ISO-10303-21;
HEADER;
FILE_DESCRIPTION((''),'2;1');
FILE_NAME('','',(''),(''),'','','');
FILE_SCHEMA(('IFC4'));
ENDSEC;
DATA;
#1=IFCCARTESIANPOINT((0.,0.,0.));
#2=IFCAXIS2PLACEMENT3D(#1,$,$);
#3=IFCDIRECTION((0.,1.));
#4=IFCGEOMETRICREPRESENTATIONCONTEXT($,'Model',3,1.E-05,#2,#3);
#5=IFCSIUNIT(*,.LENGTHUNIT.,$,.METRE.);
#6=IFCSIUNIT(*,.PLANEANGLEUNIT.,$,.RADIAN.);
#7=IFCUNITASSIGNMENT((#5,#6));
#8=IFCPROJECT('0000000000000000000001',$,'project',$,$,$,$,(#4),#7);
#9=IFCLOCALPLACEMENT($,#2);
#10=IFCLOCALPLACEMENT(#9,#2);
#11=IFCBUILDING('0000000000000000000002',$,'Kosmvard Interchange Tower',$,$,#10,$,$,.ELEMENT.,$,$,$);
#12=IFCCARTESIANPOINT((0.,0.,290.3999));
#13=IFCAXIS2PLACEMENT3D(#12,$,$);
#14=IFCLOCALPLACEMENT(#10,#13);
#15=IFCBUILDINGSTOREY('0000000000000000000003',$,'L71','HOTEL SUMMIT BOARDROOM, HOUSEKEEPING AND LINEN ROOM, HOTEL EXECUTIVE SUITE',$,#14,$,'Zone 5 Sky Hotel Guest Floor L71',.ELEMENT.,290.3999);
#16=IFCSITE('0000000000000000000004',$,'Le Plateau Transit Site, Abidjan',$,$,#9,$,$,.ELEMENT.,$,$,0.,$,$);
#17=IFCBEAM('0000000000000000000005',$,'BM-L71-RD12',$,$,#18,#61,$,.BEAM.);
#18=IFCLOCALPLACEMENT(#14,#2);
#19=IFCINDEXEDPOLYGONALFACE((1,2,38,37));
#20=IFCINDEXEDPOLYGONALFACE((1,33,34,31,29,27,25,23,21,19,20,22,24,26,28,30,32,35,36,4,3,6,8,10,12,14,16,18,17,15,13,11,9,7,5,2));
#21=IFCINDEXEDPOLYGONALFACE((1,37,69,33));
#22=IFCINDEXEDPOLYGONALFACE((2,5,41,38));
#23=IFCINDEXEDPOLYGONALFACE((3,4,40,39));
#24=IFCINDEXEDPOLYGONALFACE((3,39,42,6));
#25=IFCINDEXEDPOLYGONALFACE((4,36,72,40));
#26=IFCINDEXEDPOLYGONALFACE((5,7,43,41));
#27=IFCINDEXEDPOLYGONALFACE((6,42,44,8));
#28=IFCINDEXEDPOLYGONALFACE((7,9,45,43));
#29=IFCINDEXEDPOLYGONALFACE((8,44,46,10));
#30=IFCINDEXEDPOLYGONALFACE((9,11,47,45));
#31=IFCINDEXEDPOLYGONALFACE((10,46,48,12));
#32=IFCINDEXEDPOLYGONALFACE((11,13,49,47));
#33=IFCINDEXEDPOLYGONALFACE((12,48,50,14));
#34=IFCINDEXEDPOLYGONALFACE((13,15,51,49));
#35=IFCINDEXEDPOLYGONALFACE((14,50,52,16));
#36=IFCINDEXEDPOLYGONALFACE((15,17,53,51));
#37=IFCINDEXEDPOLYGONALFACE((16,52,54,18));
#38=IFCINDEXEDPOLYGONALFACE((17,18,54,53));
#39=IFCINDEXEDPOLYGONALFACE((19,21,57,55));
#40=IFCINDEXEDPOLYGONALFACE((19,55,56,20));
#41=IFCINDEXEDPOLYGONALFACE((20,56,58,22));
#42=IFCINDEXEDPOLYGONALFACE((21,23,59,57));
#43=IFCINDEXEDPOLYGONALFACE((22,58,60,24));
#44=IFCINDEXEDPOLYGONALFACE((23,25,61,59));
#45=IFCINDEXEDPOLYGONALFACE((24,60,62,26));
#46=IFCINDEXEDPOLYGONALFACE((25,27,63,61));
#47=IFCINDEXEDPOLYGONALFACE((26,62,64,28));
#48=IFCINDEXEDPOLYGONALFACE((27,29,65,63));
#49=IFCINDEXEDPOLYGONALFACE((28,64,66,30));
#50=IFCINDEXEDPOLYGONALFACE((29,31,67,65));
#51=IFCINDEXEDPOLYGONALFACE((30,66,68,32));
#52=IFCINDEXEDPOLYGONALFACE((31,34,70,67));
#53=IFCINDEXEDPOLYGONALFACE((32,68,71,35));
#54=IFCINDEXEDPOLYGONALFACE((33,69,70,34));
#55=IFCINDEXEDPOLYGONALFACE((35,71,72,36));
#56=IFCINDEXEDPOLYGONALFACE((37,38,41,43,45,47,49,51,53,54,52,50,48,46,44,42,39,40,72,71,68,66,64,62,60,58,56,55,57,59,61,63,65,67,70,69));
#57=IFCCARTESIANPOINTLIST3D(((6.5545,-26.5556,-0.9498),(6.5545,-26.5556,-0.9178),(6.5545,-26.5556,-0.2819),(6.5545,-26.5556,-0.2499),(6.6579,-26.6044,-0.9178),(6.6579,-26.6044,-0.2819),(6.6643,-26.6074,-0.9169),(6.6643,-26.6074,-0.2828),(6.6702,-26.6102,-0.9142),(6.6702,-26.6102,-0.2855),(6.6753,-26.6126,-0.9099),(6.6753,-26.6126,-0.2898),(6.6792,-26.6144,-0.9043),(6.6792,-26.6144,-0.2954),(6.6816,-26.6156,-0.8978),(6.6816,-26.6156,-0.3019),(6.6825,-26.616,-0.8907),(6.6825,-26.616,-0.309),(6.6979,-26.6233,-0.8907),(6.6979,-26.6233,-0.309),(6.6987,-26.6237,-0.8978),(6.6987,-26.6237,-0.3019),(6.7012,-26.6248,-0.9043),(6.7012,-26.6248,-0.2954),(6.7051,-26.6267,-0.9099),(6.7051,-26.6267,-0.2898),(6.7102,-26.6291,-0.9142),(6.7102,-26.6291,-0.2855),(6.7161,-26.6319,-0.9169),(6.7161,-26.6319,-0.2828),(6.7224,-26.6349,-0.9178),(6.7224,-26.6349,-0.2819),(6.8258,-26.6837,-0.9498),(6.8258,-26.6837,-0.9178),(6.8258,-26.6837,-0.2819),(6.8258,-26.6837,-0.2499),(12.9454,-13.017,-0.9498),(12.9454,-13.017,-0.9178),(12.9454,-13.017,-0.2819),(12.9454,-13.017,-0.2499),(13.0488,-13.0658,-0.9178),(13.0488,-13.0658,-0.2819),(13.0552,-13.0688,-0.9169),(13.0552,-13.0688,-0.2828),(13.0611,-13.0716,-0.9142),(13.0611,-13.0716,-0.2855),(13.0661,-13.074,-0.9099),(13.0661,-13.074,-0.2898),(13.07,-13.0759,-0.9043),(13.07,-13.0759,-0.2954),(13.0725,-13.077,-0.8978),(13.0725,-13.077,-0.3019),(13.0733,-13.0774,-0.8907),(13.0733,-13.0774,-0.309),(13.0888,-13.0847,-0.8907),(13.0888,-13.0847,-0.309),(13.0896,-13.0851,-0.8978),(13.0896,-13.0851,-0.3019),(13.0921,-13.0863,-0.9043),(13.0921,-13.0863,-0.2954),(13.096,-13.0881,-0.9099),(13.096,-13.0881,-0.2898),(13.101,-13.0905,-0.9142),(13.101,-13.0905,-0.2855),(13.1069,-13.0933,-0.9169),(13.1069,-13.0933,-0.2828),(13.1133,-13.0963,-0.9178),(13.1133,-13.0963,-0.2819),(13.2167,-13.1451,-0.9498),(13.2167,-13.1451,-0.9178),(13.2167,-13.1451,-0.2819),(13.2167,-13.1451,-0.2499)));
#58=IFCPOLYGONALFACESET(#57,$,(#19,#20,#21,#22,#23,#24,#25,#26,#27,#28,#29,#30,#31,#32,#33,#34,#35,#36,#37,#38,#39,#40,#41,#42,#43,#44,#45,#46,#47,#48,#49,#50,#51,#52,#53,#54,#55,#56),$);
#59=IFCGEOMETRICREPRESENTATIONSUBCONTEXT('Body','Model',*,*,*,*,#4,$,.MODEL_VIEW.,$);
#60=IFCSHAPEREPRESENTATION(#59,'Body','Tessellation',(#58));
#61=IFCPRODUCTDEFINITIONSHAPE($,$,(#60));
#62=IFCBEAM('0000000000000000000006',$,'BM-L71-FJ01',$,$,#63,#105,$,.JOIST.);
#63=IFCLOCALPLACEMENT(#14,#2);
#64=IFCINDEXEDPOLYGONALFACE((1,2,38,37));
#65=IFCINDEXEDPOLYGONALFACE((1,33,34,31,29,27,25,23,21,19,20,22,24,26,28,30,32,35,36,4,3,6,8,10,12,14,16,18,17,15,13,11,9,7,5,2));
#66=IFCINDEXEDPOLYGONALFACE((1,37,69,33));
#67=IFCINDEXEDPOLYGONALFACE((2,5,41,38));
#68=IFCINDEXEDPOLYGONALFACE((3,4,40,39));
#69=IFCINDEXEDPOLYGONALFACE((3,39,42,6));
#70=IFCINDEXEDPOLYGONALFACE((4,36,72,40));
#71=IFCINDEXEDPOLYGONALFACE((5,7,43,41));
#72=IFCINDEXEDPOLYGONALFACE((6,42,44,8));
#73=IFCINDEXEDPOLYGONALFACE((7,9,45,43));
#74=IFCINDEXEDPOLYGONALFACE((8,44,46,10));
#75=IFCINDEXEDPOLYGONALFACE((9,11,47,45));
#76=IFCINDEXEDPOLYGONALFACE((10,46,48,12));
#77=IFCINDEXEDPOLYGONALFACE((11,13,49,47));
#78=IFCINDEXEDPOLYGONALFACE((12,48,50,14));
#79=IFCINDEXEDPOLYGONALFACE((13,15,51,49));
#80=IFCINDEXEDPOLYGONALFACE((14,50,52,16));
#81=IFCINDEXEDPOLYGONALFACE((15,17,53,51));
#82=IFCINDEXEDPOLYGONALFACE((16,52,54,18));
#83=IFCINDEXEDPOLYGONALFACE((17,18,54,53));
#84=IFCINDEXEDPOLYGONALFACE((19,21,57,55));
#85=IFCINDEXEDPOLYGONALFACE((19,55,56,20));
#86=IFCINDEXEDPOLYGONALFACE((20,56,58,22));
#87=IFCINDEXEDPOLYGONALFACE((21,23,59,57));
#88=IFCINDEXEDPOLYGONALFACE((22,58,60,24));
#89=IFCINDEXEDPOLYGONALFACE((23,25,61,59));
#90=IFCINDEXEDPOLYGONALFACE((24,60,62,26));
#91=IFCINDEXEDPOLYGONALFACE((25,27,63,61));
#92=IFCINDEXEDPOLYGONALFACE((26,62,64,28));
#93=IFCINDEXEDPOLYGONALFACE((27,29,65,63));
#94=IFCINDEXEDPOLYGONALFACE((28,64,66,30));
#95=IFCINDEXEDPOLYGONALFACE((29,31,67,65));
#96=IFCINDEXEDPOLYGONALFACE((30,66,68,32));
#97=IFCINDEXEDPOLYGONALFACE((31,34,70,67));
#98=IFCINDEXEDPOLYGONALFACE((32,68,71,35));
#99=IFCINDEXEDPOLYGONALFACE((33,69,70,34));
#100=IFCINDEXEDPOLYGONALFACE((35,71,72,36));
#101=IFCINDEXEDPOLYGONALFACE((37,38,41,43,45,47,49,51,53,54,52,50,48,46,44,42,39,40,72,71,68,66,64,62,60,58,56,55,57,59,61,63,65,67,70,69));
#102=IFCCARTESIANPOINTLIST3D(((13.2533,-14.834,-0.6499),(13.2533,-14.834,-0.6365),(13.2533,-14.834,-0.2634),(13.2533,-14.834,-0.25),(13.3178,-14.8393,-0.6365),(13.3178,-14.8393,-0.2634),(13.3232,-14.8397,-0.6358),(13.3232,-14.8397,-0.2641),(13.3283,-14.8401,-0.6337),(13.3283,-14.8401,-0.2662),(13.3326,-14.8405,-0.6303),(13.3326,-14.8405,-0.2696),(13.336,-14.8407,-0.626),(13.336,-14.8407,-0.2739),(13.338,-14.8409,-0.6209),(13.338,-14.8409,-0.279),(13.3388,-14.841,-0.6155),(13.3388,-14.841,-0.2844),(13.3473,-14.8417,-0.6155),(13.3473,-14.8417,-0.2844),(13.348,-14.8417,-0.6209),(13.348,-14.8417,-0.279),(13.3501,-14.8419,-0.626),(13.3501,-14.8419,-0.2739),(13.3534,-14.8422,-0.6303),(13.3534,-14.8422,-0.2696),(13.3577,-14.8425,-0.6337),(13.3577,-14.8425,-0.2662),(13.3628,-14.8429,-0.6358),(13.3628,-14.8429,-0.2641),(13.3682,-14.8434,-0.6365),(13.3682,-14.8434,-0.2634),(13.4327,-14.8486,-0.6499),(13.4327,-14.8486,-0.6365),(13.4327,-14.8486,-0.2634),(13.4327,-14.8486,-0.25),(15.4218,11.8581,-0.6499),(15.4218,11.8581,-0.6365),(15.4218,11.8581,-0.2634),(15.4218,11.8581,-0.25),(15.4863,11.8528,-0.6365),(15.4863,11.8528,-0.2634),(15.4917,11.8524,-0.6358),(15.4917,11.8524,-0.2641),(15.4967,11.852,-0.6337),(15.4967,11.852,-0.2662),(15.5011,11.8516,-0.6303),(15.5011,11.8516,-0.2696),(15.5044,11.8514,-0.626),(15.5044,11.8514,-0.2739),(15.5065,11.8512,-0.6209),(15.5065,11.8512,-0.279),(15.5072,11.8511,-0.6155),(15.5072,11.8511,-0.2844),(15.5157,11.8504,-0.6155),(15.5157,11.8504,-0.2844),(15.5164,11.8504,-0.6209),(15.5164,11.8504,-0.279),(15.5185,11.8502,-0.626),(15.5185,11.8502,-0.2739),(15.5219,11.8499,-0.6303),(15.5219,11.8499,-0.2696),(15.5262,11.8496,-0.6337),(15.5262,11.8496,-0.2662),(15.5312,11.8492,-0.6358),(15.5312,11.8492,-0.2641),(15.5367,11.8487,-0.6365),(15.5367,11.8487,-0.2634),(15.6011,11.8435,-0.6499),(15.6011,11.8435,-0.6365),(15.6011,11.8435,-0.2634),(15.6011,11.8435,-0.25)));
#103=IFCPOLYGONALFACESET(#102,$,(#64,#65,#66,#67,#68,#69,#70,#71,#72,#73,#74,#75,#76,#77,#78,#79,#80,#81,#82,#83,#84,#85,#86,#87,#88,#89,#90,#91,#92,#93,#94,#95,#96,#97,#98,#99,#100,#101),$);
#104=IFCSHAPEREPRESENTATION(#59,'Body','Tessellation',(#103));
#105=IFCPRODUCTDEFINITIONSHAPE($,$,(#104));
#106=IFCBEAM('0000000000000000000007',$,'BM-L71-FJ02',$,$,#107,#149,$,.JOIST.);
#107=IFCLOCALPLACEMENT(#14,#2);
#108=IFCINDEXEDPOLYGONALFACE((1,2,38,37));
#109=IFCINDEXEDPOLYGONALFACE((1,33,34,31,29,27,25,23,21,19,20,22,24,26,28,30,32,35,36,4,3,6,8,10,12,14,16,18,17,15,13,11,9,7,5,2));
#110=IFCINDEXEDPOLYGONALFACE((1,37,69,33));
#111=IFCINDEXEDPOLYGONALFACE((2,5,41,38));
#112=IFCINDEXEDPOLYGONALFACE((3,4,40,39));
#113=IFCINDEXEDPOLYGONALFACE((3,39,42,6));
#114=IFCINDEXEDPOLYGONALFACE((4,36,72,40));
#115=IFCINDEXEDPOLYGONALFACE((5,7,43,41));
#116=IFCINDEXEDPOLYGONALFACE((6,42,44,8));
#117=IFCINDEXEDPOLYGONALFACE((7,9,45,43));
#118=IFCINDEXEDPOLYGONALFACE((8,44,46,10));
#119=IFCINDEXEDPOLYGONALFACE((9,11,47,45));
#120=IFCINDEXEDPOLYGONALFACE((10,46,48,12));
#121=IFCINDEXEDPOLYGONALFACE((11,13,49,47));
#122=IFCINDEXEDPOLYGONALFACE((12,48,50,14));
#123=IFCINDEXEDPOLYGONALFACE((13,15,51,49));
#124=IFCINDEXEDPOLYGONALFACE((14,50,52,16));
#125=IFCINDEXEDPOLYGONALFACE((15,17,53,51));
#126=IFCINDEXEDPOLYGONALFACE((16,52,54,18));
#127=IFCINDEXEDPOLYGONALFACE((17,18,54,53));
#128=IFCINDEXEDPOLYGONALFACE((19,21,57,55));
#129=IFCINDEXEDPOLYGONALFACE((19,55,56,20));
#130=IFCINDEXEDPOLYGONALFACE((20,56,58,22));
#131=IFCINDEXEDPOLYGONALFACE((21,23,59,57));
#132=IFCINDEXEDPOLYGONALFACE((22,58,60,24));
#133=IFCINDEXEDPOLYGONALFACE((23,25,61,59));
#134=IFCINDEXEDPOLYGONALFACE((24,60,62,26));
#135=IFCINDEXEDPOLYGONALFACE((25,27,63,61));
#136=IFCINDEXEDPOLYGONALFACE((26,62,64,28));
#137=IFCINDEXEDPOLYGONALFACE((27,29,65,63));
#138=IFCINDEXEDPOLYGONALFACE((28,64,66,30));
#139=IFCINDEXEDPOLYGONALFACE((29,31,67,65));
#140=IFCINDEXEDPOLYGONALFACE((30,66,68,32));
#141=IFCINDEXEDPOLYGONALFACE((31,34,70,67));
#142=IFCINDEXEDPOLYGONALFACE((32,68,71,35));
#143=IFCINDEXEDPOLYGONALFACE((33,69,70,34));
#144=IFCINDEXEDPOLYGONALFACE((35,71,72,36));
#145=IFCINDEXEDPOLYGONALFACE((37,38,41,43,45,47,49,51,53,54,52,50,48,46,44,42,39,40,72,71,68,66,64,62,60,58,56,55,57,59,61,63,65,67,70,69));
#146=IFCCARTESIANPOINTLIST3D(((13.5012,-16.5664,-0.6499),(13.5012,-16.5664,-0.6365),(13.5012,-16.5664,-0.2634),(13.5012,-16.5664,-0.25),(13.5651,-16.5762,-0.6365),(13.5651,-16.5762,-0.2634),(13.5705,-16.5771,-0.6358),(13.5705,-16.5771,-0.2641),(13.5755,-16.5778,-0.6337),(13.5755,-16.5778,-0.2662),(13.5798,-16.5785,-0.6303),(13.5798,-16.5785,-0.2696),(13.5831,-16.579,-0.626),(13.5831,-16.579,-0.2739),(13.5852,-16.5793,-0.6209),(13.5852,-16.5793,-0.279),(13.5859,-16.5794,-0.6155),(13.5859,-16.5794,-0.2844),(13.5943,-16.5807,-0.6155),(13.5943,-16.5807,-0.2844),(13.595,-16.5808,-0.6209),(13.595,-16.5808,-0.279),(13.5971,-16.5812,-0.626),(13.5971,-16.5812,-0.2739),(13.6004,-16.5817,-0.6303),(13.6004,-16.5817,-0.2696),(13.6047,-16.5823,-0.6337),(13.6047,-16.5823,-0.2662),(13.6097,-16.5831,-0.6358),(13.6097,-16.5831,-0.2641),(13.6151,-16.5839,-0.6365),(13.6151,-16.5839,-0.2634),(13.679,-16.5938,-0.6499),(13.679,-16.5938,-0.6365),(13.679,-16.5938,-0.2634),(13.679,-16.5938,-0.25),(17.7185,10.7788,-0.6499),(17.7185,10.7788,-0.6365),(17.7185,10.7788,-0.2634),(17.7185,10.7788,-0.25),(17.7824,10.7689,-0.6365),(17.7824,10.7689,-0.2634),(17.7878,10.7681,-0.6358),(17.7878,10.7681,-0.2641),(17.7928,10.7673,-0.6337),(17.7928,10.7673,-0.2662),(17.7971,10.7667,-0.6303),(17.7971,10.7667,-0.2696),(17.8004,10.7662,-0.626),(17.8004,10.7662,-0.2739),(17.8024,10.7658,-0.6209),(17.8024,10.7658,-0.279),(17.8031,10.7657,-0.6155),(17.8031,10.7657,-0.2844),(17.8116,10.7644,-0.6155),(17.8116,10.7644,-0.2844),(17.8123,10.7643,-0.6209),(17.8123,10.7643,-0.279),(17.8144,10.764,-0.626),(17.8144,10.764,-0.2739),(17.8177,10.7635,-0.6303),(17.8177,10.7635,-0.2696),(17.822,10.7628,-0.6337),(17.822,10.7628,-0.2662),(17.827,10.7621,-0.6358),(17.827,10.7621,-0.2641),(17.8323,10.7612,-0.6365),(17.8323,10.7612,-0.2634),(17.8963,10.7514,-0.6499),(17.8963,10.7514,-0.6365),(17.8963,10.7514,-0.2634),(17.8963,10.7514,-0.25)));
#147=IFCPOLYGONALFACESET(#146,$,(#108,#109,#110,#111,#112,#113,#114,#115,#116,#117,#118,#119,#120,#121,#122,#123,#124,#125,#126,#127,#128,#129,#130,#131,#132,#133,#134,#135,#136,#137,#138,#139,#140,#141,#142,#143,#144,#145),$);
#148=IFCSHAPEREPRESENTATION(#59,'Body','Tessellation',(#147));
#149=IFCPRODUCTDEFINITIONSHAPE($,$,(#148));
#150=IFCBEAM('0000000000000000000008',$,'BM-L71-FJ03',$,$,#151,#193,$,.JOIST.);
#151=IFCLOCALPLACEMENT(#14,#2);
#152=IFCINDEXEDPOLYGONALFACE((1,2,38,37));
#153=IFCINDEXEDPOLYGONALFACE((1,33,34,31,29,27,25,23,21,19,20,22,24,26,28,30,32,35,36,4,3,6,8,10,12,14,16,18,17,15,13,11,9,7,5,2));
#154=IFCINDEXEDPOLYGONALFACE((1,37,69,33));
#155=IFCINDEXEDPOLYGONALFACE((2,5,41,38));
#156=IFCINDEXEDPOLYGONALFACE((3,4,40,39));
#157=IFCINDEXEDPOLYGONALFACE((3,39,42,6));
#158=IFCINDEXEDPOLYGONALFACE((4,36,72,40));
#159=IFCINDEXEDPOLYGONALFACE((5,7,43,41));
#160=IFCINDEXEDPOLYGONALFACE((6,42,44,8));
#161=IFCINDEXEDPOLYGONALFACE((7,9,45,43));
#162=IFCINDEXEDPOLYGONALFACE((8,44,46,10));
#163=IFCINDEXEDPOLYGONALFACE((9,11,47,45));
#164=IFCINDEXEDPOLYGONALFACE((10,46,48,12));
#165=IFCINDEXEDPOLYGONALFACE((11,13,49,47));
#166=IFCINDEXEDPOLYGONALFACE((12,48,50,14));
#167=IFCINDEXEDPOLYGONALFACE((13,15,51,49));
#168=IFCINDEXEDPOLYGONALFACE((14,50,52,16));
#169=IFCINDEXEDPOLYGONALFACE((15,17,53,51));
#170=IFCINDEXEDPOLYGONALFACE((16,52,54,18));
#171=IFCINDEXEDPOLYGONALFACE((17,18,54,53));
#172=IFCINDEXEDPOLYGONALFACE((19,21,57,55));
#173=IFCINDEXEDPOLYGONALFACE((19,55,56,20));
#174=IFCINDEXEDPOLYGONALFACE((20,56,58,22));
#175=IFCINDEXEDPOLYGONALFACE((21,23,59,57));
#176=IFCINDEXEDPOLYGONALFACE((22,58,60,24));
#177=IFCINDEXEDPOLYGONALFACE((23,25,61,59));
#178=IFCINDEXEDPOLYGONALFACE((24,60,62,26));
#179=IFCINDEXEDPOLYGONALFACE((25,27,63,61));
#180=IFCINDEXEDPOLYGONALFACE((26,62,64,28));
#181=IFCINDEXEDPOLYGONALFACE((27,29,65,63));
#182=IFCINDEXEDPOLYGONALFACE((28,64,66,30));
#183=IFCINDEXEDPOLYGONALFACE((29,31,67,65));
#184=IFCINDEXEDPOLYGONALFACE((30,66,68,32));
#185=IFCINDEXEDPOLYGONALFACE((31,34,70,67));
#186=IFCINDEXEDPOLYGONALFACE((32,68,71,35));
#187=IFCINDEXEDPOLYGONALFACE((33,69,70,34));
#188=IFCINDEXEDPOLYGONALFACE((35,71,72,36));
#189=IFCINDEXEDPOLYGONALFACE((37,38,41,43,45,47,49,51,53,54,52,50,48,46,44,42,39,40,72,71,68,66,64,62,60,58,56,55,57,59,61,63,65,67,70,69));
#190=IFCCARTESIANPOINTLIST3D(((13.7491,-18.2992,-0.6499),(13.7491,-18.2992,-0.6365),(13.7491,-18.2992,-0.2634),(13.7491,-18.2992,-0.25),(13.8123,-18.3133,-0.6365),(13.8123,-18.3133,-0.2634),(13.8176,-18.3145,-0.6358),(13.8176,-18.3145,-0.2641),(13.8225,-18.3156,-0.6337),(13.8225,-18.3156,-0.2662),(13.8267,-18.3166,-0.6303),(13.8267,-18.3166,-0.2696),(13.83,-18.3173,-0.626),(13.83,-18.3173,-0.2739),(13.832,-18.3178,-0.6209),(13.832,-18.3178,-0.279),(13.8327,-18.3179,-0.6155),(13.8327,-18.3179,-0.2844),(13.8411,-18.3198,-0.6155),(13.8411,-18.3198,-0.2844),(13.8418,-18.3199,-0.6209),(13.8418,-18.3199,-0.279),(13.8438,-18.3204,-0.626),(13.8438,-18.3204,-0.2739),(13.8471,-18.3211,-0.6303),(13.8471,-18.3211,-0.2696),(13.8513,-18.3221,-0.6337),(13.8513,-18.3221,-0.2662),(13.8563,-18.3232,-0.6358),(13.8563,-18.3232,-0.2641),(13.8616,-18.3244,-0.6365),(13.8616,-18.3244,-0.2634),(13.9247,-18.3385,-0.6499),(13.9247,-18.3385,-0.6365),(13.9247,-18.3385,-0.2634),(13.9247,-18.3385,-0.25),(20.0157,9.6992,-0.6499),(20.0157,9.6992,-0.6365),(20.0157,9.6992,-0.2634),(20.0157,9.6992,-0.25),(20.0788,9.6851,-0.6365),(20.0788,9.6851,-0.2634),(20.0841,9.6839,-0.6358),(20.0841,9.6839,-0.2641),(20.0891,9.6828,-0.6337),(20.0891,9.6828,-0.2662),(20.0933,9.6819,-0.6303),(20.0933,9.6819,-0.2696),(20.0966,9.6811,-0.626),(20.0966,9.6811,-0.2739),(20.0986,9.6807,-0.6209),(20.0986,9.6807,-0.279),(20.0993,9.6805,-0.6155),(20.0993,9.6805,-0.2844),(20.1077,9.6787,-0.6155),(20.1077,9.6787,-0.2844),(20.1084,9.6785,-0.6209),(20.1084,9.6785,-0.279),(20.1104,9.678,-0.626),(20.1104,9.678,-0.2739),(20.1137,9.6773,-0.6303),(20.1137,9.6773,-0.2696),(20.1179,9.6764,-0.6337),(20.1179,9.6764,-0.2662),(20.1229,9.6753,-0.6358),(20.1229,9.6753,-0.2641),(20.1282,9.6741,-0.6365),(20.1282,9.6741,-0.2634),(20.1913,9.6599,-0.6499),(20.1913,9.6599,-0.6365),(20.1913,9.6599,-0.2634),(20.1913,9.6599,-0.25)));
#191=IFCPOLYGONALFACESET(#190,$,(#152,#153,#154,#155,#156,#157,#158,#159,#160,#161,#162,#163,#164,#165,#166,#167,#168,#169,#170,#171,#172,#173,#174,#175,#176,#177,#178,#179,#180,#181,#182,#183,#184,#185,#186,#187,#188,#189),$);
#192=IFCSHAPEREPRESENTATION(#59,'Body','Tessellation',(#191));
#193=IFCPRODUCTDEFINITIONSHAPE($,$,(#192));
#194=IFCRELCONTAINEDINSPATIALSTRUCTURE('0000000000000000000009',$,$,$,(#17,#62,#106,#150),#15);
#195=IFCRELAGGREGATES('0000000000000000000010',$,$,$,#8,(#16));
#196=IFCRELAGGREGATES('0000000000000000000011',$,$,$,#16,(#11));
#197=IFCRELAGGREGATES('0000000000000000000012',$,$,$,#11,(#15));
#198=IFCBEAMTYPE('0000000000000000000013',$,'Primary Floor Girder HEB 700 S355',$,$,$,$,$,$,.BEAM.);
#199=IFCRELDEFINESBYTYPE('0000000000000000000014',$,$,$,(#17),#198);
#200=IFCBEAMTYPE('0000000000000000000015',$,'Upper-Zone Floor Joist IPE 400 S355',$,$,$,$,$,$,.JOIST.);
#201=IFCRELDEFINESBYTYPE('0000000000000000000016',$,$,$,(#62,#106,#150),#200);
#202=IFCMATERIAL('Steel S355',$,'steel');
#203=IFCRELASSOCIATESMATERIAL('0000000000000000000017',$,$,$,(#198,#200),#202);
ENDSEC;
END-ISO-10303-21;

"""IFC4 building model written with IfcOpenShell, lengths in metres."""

from ifc_helpers import new_model, si_unit, direction, frame, origin, origin_2d, place, context, subcontext, project, spatial, i_section, extrude, source, transform, mapped, material, material_profile, profile_set, type_object, element, save


model = new_model("IFC4")

# Units and contexts
model_context = context("Model", 3, precision=1e-05, world=origin(), true_north=direction((0.0, 1.0)))
body_context = subcontext(model_context, "Body", "Model", "MODEL_VIEW")
ifc_project = project(units=[si_unit("LENGTHUNIT", "METRE"), si_unit("PLANEANGLEUNIT", "RADIAN")], contexts=[model_context])

# Site, building, storey
site_placement = place(None, origin())
site = spatial("IfcSite", under=ifc_project, at=site_placement, Name="Le Plateau Transit Site, Abidjan", CompositionType="ELEMENT", RefElevation=0.0)
building_placement = place(site_placement, origin())
building = spatial("IfcBuilding", under=site, at=building_placement, Name="Kosmvard Interchange Tower", CompositionType="ELEMENT")
storey_placement = place(building_placement, frame((0.0, 0.0, 290.3999)))
storey = spatial("IfcBuildingStorey", under=building, at=storey_placement, Name="L71", Description="HOTEL SUMMIT BOARDROOM, HOUSEKEEPING AND LINEN ROOM, HOTEL EXECUTIVE SUITE", LongName="Zone 5 Sky Hotel Guest Floor L71", CompositionType="ELEMENT", Elevation=290.3999)

# Beams
ifc_material_1 = material(Name="Steel S355", Category="steel")
ifc_material_profile_1 = material_profile(ifc_material_1, i_section(OverallWidth=0.3, OverallDepth=0.7, WebThickness=0.0171, FlangeThickness=0.032, FilletRadius=0.0271, at=origin_2d()), Name="HEB 700")
ifc_profile_set_1 = profile_set([ifc_material_profile_1], Name="Steel S355")
beam_type_1 = type_object("IfcBeamType", Name="Primary Floor Girder HEB 700 S355", PredefinedType="BEAM", material=ifc_profile_set_1)
shared_shape_1 = source(origin(), body_context, "Body", "SweptSolid", [
    extrude(i_section(OverallWidth=0.3, OverallDepth=0.7, WebThickness=0.0171, FlangeThickness=0.032, FilletRadius=0.0271, at=origin_2d()), origin(), (0.0, 0.0, 1.0), 14.9712),
])
beam_1_placement = place(storey_placement, frame((13.0811, -13.0811, -0.5999), z_axis=(-0.426878, -0.904309, 0.0), x_axis=(0.904309, -0.426878, 0.0)))
element("IfcBeam", 1, at=beam_1_placement, inside=storey, type_object=beam_type_1, Name="BM-L71-RD12", PredefinedType="BEAM", context=body_context, shape_type="MappedRepresentation", body=[
    mapped(shared_shape_1, transform((0.0, 0.0, 0.0), scale=1.0)),
])
ifc_material_profile_2 = material_profile(ifc_material_1, i_section(OverallWidth=0.1799, OverallDepth=0.3999, WebThickness=0.0085, FlangeThickness=0.0134, FilletRadius=0.021, at=origin_2d()), Name="IPE 400")
ifc_profile_set_2 = profile_set([ifc_material_profile_2], Name="Steel S355")
beam_type_2 = type_object("IfcBeamType", Name="Upper-Zone Floor Joist IPE 400 S355", PredefinedType="JOIST", material=ifc_profile_set_2)
shared_shape_2 = source(origin(), body_context, "Body", "SweptSolid", [
    extrude(i_section(OverallWidth=0.1799, OverallDepth=0.3999, WebThickness=0.0085, FlangeThickness=0.0134, FilletRadius=0.021, at=origin_2d()), origin(), (0.0, 0.0, 1.0), 26.78),
])
beam_2_placement = place(storey_placement, frame((13.343, -14.8413, -0.45), z_axis=(0.080973, 0.996716, 0.0), x_axis=(-0.996716, 0.080973, 0.0)))
element("IfcBeam", 2, at=beam_2_placement, inside=storey, type_object=beam_type_2, Name="BM-L71-FJ01", PredefinedType="JOIST", context=body_context, shape_type="MappedRepresentation", body=[
    mapped(shared_shape_2, transform((0.0, 0.0, 0.0), scale=1.0)),
])
shared_shape_3 = source(origin(), body_context, "Body", "SweptSolid", [
    extrude(i_section(OverallWidth=0.1799, OverallDepth=0.3999, WebThickness=0.0085, FlangeThickness=0.0134, FilletRadius=0.021, at=origin_2d()), origin(), (0.0, 0.0, 1.0), 27.6685),
])
beam_3_placement = place(storey_placement, frame((13.5901, -16.5801, -0.45), z_axis=(0.152422, 0.988316, 0.0), x_axis=(-0.988316, 0.152422, 0.0)))
element("IfcBeam", 3, at=beam_3_placement, inside=storey, type_object=beam_type_2, Name="BM-L71-FJ02", PredefinedType="JOIST", context=body_context, shape_type="MappedRepresentation", body=[
    mapped(shared_shape_3, transform((0.0, 0.0, 0.0), scale=1.0)),
])
shared_shape_4 = source(origin(), body_context, "Body", "SweptSolid", [
    extrude(i_section(OverallWidth=0.1799, OverallDepth=0.3999, WebThickness=0.0085, FlangeThickness=0.0134, FilletRadius=0.021, at=origin_2d()), origin(), (0.0, 0.0, 1.0), 28.6912),
])
beam_4_placement = place(storey_placement, frame((13.8369, -18.3188, -0.45), z_axis=(0.218415, 0.975856, 0.0), x_axis=(-0.975856, 0.218415, 0.0)))
element("IfcBeam", 4, at=beam_4_placement, inside=storey, type_object=beam_type_2, Name="BM-L71-FJ03", PredefinedType="JOIST", context=body_context, shape_type="MappedRepresentation", body=[
    mapped(shared_shape_4, transform((0.0, 0.0, 0.0), scale=1.0)),
])

save(model, "model.ifc")
